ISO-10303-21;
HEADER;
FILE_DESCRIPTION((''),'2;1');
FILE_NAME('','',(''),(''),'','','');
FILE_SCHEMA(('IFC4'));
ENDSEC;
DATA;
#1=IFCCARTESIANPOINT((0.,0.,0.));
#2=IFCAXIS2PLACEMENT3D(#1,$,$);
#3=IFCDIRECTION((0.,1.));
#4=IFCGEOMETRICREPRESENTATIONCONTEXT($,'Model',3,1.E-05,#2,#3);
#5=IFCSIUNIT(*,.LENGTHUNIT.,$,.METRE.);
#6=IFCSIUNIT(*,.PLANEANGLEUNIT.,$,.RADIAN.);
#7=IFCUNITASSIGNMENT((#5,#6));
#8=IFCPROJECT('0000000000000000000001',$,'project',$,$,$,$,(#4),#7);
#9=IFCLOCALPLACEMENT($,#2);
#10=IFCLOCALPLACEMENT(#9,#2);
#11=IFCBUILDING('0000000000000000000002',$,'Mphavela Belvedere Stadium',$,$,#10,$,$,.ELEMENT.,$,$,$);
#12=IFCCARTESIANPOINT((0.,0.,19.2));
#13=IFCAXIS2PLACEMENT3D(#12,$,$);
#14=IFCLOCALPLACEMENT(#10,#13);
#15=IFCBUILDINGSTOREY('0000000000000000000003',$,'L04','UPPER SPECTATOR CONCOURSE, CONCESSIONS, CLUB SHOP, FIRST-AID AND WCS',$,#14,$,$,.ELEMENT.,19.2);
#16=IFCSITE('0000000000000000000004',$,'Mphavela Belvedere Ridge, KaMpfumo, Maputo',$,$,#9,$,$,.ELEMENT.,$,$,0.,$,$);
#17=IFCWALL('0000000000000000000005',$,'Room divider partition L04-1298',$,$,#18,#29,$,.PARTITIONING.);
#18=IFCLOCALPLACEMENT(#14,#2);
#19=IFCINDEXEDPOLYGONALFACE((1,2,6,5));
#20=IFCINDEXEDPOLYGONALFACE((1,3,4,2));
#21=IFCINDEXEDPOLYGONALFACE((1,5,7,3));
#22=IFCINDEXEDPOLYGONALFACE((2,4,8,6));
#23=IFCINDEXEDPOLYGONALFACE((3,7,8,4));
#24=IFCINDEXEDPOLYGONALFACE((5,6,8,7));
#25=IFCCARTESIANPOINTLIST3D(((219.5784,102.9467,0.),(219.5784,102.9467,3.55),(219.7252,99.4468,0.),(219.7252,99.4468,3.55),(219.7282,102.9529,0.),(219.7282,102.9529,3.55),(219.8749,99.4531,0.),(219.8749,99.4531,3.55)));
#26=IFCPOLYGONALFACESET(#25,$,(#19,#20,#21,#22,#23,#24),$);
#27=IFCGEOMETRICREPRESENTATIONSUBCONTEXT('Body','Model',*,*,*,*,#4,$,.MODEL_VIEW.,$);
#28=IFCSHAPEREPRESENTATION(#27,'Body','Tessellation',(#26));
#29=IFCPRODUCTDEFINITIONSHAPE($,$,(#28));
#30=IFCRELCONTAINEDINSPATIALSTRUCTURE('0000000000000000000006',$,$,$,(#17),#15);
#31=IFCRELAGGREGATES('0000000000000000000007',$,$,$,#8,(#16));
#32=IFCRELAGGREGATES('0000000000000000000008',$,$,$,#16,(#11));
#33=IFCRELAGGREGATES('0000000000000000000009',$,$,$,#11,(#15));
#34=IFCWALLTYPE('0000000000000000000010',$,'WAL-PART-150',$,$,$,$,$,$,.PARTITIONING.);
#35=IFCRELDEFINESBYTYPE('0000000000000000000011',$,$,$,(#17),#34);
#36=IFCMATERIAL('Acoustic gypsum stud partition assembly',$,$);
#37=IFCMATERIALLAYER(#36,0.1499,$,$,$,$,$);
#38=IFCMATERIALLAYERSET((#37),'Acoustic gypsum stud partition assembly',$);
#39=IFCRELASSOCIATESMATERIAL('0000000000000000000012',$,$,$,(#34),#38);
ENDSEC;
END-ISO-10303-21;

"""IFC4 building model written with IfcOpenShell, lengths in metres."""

from ifc_helpers import new_model, si_unit, direction, frame, frame_2d, origin, place, context, subcontext, project, spatial, rectangle, extrude, material, layer, layer_set, type_object, element, save


model = new_model("IFC4")

# Units and contexts
model_context = context("Model", 3, precision=1e-05, world=origin(), true_north=direction((0.0, 1.0)))
body_context = subcontext(model_context, "Body", "Model", "MODEL_VIEW")
ifc_project = project(units=[si_unit("LENGTHUNIT", "METRE"), si_unit("PLANEANGLEUNIT", "RADIAN")], contexts=[model_context])

# Site, building, storey
site_placement = place(None, origin())
site = spatial("IfcSite", under=ifc_project, at=site_placement, Name="Mphavela Belvedere Ridge, KaMpfumo, Maputo", CompositionType="ELEMENT", RefElevation=0.0)
building_placement = place(site_placement, origin())
building = spatial("IfcBuilding", under=site, at=building_placement, Name="Mphavela Belvedere Stadium", CompositionType="ELEMENT")
storey_placement = place(building_placement, frame((0.0, 0.0, 19.2)))
storey = spatial("IfcBuildingStorey", under=building, at=storey_placement, Name="L04", Description="UPPER SPECTATOR CONCOURSE, CONCESSIONS, CLUB SHOP, FIRST-AID AND WCS", CompositionType="ELEMENT", Elevation=19.2)

# Wall
ifc_material_1 = material(Name="Acoustic gypsum stud partition assembly")
ifc_layer_1 = layer(ifc_material_1, 0.1499)
ifc_layer_set_1 = layer_set([ifc_layer_1], Name="Acoustic gypsum stud partition assembly")
wall_type_1 = type_object("IfcWallType", Name="WAL-PART-150", PredefinedType="PARTITIONING", material=ifc_layer_set_1)
wall_1_placement = place(storey_placement, frame((219.8, 99.45, 0.0), z_axis=(0.0, 0.0, 1.0), x_axis=(-0.041889, 0.999122, 0.0)))
element("IfcWall", 1, at=wall_1_placement, inside=storey, type_object=wall_type_1, Name="Room divider partition L04-1298", PredefinedType="PARTITIONING", context=body_context, shape_type="SweptSolid", body=[
    extrude(rectangle(XDim=3.5029, YDim=0.1499, at=frame_2d((1.7515, 0.0))), origin(), (0.0, 0.0, 1.0), 3.55),
])

save(model, "model.ifc")
